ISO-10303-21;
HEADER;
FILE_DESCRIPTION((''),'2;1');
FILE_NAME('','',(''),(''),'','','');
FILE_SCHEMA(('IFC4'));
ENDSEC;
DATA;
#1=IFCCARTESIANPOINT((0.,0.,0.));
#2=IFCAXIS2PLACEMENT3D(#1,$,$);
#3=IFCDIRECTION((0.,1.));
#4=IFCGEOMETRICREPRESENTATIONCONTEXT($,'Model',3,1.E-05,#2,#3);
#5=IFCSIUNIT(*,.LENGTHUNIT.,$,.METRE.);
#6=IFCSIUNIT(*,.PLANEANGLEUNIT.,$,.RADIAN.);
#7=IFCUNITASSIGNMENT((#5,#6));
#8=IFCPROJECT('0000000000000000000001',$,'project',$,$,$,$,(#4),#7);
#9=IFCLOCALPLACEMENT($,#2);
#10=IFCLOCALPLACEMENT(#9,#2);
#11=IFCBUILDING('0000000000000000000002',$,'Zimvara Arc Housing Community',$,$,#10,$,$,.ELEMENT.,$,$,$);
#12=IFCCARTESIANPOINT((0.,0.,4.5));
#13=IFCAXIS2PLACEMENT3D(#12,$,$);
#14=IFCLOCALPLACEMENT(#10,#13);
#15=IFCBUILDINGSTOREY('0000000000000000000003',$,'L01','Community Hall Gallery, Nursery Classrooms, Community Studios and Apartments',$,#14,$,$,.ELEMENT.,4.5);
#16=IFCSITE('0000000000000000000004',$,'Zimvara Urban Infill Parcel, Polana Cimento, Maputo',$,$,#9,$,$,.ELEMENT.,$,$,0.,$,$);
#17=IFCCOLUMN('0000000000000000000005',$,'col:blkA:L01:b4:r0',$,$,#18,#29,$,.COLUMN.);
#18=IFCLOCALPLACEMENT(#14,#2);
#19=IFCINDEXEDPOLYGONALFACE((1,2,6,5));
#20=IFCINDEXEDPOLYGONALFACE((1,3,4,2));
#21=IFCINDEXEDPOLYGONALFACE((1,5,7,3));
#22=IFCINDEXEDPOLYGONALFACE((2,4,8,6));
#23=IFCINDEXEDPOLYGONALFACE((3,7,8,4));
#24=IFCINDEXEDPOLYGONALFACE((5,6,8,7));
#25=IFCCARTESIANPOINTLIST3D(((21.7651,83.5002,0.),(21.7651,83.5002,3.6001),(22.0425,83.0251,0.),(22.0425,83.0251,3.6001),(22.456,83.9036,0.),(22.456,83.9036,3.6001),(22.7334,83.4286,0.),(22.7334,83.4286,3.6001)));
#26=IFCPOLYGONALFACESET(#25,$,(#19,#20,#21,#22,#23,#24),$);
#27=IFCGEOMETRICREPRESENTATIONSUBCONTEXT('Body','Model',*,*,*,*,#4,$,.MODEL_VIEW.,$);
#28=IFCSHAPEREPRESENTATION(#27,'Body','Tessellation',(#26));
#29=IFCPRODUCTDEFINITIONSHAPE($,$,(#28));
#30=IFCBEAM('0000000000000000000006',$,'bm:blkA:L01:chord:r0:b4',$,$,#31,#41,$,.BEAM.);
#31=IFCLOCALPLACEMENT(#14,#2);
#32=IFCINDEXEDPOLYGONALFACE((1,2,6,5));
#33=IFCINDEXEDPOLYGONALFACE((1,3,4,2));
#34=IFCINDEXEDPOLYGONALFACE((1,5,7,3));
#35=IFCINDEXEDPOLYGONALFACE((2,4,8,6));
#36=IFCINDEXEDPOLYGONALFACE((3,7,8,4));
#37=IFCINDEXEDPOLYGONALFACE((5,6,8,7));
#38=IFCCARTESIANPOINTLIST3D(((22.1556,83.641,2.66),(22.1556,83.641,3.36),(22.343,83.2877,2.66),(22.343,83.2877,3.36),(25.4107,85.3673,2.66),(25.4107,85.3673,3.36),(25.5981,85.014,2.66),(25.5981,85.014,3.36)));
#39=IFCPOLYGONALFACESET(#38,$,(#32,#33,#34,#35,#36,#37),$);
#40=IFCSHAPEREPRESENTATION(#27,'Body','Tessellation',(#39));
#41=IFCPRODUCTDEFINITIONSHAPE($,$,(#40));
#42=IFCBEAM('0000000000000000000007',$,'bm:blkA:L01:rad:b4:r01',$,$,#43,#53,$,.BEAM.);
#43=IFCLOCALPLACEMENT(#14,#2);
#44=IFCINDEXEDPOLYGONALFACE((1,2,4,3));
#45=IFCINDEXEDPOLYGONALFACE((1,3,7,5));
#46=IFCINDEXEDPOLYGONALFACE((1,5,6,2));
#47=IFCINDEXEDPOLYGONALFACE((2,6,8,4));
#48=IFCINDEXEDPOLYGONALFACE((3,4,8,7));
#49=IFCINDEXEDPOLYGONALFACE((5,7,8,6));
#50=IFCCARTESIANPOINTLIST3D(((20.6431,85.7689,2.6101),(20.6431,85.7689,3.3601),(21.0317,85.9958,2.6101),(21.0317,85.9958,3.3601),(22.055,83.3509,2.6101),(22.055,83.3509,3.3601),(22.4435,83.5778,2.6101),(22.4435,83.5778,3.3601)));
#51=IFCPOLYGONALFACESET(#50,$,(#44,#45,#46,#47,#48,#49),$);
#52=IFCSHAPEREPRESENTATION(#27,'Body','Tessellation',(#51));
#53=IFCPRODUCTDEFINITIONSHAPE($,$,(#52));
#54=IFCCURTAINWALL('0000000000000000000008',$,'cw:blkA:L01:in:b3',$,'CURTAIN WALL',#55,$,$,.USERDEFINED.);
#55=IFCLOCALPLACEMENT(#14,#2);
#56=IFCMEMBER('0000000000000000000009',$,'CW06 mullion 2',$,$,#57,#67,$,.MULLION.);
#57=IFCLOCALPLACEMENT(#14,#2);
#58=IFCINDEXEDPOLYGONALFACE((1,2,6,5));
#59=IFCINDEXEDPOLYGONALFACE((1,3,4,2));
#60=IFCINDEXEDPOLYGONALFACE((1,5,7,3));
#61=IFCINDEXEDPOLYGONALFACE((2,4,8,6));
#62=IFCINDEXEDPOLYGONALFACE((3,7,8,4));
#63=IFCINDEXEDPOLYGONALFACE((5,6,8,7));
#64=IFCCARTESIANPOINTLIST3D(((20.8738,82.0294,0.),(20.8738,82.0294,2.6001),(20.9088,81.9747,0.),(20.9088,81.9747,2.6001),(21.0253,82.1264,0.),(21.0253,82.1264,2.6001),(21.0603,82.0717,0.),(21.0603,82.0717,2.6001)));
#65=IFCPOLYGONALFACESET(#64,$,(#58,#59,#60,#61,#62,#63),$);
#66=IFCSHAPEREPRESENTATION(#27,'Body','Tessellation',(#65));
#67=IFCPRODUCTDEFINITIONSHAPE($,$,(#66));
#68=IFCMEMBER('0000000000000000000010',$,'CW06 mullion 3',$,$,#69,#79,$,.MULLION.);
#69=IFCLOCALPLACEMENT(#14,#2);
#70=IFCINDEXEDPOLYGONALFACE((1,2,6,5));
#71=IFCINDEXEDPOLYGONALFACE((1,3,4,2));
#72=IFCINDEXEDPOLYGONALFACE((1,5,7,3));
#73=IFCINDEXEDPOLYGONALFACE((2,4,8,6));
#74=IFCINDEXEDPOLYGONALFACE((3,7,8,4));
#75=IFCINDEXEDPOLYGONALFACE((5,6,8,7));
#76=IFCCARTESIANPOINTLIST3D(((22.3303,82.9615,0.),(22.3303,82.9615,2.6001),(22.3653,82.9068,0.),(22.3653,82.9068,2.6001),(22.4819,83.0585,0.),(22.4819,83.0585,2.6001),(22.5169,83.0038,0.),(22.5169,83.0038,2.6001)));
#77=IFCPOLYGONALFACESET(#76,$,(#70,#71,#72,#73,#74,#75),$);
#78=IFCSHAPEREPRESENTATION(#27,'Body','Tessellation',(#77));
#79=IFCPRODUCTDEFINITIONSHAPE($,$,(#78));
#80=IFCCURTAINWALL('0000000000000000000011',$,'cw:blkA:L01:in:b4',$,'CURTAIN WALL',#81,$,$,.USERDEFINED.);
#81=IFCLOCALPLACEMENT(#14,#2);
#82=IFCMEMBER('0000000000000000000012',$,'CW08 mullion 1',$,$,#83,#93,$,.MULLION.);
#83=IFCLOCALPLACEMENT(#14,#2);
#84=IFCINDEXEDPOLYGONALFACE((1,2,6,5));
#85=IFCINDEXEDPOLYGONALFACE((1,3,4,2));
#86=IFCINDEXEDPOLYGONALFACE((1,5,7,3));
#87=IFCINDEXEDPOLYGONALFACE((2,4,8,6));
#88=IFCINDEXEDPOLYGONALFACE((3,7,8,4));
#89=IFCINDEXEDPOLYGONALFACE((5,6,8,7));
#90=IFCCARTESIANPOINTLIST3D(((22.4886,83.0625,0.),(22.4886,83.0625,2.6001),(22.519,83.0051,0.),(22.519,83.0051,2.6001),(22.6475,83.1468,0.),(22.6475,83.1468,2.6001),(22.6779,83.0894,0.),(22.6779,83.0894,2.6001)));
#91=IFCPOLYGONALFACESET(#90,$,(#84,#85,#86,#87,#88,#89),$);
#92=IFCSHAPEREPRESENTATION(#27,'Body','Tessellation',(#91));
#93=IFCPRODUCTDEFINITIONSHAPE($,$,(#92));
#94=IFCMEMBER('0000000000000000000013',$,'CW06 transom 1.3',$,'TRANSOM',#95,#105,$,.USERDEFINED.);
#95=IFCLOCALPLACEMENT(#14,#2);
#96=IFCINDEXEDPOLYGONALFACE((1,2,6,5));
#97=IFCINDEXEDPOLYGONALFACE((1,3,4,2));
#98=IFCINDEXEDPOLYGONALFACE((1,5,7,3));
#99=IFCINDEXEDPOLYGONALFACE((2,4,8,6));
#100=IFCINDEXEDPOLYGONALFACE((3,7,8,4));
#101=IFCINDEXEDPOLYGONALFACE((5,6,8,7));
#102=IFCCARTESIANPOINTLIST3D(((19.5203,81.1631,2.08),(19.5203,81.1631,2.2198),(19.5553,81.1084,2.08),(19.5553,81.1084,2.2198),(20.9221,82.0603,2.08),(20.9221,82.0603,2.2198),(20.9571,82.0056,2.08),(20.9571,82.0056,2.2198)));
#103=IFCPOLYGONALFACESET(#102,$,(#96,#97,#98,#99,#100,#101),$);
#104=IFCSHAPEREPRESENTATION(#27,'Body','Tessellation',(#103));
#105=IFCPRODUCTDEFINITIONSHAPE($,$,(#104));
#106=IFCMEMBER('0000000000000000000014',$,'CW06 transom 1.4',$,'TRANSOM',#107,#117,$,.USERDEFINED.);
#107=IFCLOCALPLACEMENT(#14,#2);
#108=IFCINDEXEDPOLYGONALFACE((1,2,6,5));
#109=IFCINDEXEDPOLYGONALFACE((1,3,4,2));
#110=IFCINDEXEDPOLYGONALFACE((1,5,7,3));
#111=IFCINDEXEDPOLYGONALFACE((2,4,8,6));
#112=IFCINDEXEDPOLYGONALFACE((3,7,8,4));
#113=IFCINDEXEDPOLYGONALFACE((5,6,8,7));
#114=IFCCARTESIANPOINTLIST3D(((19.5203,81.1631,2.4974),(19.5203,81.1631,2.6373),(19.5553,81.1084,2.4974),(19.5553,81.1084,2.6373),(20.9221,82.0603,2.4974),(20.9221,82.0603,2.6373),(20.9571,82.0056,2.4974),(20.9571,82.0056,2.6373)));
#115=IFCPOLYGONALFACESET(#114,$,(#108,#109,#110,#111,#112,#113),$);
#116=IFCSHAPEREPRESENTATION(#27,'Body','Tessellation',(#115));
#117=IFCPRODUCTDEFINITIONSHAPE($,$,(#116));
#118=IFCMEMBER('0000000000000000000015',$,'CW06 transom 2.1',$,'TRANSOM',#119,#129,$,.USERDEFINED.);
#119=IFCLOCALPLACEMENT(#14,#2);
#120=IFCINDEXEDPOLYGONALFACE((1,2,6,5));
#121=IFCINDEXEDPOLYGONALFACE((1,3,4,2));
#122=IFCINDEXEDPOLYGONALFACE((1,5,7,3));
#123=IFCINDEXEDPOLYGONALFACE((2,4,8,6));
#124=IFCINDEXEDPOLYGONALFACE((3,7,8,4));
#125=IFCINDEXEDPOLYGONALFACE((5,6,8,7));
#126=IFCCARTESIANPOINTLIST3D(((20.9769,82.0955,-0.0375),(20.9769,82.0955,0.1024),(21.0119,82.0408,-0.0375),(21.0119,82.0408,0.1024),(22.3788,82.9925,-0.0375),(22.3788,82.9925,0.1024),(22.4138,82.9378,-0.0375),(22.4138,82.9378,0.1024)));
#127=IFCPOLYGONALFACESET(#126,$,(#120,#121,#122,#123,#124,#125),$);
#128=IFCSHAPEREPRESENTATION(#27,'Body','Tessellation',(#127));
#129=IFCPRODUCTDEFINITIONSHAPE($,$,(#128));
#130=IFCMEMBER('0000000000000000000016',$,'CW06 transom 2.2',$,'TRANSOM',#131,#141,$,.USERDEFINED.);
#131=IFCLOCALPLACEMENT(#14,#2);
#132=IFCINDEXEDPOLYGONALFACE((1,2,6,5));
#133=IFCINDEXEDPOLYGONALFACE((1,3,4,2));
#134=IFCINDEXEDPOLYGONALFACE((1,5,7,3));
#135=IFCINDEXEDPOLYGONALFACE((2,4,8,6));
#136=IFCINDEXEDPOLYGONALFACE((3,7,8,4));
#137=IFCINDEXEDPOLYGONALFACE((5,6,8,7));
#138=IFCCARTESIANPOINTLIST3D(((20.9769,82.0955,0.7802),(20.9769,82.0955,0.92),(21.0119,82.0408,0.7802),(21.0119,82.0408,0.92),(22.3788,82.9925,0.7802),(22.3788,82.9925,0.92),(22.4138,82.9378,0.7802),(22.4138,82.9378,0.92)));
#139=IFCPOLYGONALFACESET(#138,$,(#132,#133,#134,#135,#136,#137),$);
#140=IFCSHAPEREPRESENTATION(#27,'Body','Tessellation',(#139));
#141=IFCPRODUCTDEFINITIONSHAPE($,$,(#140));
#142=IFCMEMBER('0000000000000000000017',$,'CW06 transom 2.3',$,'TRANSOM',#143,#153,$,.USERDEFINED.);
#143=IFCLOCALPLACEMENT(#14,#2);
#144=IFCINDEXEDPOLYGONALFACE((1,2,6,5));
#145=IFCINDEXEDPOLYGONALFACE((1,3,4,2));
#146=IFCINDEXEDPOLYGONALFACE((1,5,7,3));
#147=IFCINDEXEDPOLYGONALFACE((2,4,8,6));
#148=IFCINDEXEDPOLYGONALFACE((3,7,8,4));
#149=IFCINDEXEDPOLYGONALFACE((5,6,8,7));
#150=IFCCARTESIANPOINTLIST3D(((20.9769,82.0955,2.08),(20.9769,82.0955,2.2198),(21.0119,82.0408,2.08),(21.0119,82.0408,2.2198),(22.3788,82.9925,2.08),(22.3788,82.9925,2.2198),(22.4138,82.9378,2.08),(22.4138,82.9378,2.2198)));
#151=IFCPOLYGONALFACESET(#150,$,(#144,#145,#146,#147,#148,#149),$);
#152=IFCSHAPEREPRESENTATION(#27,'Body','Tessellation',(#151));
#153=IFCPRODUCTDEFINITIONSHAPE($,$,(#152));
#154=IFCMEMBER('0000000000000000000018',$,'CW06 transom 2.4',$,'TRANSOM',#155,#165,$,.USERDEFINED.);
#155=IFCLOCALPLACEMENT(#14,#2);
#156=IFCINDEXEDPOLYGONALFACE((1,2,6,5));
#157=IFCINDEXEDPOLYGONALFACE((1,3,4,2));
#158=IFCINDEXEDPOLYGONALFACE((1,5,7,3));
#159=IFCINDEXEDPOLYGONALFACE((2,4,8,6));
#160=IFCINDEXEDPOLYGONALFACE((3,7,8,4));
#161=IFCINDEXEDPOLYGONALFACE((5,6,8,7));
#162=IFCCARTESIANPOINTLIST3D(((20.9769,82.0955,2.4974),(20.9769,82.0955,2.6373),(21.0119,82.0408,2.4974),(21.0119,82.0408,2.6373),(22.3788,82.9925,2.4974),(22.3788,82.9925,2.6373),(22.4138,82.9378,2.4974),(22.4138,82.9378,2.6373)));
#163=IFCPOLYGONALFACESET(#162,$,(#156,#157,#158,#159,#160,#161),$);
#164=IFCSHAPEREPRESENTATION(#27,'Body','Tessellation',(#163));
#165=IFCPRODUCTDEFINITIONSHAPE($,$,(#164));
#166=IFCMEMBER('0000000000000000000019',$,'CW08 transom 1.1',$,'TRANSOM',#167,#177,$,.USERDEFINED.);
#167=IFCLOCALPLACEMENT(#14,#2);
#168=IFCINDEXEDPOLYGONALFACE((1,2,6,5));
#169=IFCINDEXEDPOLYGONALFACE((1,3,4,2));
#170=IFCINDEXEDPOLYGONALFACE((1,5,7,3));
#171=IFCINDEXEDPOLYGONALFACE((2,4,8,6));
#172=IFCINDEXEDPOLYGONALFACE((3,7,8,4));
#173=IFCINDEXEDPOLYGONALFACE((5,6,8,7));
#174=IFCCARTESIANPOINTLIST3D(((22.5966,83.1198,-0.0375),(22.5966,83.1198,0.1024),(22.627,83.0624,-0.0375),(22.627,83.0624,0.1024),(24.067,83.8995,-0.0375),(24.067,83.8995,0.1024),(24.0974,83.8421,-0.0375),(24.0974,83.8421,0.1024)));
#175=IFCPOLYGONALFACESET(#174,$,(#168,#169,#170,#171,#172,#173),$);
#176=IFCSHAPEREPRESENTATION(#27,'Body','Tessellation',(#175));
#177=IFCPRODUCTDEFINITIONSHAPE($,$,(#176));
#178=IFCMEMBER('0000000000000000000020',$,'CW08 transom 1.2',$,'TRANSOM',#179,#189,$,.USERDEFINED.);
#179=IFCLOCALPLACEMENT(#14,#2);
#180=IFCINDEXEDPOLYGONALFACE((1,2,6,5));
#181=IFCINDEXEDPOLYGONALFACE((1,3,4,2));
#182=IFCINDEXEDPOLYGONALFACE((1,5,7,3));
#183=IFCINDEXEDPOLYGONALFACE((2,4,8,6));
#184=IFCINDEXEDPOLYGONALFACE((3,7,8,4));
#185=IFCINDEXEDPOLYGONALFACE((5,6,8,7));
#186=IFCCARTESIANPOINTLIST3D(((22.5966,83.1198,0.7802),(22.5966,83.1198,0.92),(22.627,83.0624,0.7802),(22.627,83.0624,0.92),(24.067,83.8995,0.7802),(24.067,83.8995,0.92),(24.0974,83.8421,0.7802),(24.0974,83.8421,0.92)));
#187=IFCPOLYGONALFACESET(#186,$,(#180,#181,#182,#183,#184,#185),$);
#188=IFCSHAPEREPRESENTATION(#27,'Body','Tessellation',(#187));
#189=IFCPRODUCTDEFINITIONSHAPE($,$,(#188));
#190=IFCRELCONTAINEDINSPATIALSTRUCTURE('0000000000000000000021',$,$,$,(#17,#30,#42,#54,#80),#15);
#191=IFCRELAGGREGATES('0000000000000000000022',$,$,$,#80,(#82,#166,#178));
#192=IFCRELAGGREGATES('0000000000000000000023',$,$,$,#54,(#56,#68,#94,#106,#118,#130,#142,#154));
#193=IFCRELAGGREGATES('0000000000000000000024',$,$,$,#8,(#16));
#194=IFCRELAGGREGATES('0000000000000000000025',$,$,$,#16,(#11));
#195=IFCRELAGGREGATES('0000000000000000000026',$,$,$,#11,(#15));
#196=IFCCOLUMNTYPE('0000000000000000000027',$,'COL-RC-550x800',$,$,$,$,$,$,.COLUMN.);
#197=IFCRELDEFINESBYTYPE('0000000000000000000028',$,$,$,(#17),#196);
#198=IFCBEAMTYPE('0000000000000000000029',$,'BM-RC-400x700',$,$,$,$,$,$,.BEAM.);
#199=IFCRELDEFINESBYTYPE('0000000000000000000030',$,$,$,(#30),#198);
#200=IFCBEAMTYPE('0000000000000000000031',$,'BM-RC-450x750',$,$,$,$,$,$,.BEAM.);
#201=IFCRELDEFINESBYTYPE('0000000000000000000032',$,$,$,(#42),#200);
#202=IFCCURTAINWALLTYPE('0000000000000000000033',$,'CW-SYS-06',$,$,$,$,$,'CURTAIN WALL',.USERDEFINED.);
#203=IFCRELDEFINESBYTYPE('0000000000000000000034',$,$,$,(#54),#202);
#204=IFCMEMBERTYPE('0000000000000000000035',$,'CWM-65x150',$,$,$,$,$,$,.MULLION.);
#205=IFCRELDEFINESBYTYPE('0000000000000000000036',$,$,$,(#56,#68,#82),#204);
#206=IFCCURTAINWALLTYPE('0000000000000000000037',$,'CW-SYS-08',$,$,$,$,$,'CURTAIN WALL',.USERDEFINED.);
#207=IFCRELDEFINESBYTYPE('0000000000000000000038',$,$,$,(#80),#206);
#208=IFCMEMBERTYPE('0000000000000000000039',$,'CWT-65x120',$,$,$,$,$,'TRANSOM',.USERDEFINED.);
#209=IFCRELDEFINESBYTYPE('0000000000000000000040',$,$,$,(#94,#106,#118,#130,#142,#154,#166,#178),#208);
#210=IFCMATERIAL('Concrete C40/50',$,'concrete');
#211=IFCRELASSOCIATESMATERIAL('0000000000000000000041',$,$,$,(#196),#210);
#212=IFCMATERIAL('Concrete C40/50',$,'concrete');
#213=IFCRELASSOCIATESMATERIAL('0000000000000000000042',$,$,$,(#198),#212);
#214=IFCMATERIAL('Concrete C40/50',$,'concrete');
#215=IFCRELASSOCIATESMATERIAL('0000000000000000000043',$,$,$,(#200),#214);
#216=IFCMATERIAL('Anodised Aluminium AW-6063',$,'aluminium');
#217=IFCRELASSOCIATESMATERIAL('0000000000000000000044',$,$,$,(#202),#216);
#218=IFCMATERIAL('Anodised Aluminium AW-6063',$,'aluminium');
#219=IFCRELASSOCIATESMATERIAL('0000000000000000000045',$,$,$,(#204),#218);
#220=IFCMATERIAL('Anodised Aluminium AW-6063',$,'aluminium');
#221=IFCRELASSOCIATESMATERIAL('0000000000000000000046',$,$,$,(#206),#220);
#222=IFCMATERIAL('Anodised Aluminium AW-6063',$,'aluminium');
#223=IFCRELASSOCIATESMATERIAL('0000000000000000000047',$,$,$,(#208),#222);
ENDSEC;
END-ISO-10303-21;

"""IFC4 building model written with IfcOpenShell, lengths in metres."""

from ifc_helpers import new_model, si_unit, direction, frame, origin, origin_2d, place, context, subcontext, project, spatial, rectangle, extrude, material, material_profile, profile_set, type_object, element, aggregate, save


model = new_model("IFC4")

# Units and contexts
model_context = context("Model", 3, precision=1e-05, world=origin(), true_north=direction((0.0, 1.0)))
body_context = subcontext(model_context, "Body", "Model", "MODEL_VIEW")
ifc_project = project(units=[si_unit("LENGTHUNIT", "METRE"), si_unit("PLANEANGLEUNIT", "RADIAN")], contexts=[model_context])

# Site, building, storey
site_placement = place(None, origin())
site = spatial("IfcSite", under=ifc_project, at=site_placement, Name="Zimvara Urban Infill Parcel, Polana Cimento, Maputo", CompositionType="ELEMENT", RefElevation=0.0)
building_placement = place(site_placement, origin())
building = spatial("IfcBuilding", under=site, at=building_placement, Name="Zimvara Arc Housing Community", CompositionType="ELEMENT")
storey_placement = place(building_placement, frame((0.0, 0.0, 4.5)))
storey = spatial("IfcBuildingStorey", under=building, at=storey_placement, Name="L01", Description="Community Hall Gallery, Nursery Classrooms, Community Studios and Apartments", CompositionType="ELEMENT", Elevation=4.5)

# Column
ifc_material_1 = material(Name="Concrete C40/50", Category="concrete")
ifc_material_profile_1 = material_profile(ifc_material_1, rectangle(XDim=0.55, YDim=0.8, at=origin_2d()), Name="RC 550x800")
ifc_profile_set_1 = profile_set([ifc_material_profile_1], Name="Concrete C40/50")
column_type = type_object("IfcColumnType", Name="COL-RC-550x800", PredefinedType="COLUMN", material=ifc_profile_set_1)
column_placement = place(storey_placement, frame((22.2493, 83.4644, 0.0), z_axis=(0.0, 0.0, 1.0), x_axis=(-0.504226, 0.863572, 0.0)))
element("IfcColumn", 1, at=column_placement, inside=storey, type_object=column_type, Name="col:blkA:L01:b4:r0", PredefinedType="COLUMN", context=body_context, shape_type="SweptSolid", body=[
    extrude(rectangle(XDim=0.55, YDim=0.8, at=origin_2d()), origin(), (0.0, 0.0, 1.0), 3.6001),
])

# Beams
ifc_material_2 = material(Name="Concrete C40/50", Category="concrete")
ifc_material_profile_2 = material_profile(ifc_material_2, rectangle(XDim=0.3999, YDim=0.7, at=origin_2d()), Name="RC 400x700")
ifc_profile_set_2 = profile_set([ifc_material_profile_2], Name="Concrete C40/50")
beam_type_1 = type_object("IfcBeamType", Name="BM-RC-400x700", PredefinedType="BEAM", material=ifc_profile_set_2)
beam_1_placement = place(storey_placement, frame((22.2493, 83.4644, 3.01), z_axis=(0.883449, 0.468527, 0.0), x_axis=(-0.468527, 0.883449, 0.0)))
element("IfcBeam", 2, at=beam_1_placement, inside=storey, type_object=beam_type_1, Name="bm:blkA:L01:chord:r0:b4", PredefinedType="BEAM", context=body_context, shape_type="SweptSolid", body=[
    extrude(rectangle(XDim=0.3999, YDim=0.7, at=origin_2d()), origin(), (0.0, 0.0, 1.0), 3.6846),
])
ifc_material_3 = material(Name="Concrete C40/50", Category="concrete")
ifc_material_profile_3 = material_profile(ifc_material_3, rectangle(XDim=0.45, YDim=0.75, at=origin_2d()), Name="RC 450x750")
ifc_profile_set_3 = profile_set([ifc_material_profile_3], Name="Concrete C40/50")
beam_type_2 = type_object("IfcBeamType", Name="BM-RC-450x750", PredefinedType="BEAM", material=ifc_profile_set_3)
beam_2_placement = place(storey_placement, frame((22.2493, 83.4644, 2.9851), z_axis=(-0.50424, 0.863564, 0.0), x_axis=(-0.863564, -0.50424, 0.0)))
element("IfcBeam", 3, at=beam_2_placement, inside=storey, type_object=beam_type_2, Name="bm:blkA:L01:rad:b4:r01", PredefinedType="BEAM", context=body_context, shape_type="SweptSolid", body=[
    extrude(rectangle(XDim=0.45, YDim=0.75, at=origin_2d()), origin(), (0.0, 0.0, 1.0), 2.8),
])

# Curtain wall, members
ifc_material_4 = material(Name="Anodised Aluminium AW-6063", Category="aluminium")
curtain_wall_type_1 = type_object("IfcCurtainWallType", Name="CW-SYS-06", ElementType="CURTAIN WALL", PredefinedType="USERDEFINED", material=ifc_material_4)
curtain_wall_1_placement = place(storey_placement, origin())
curtain_wall_1 = element("IfcCurtainWall", 4, at=curtain_wall_1_placement, inside=storey, type_object=curtain_wall_type_1, Name="cw:blkA:L01:in:b3", ObjectType="CURTAIN WALL", PredefinedType="USERDEFINED")
ifc_material_5 = material(Name="Anodised Aluminium AW-6063", Category="aluminium")
ifc_material_profile_4 = material_profile(ifc_material_5, rectangle(XDim=0.0649, YDim=0.1799, at=origin_2d()), Name="ALU 65x180")
ifc_profile_set_4 = profile_set([ifc_material_profile_4], Name="Anodised Aluminium AW-6063")
member_type_1 = type_object("IfcMemberType", Name="CWM-65x150", PredefinedType="MULLION", material=ifc_profile_set_4)
member_1_placement = place(storey_placement, frame((20.967, 82.0505, 0.0), z_axis=(0.0, 0.0, 1.0), x_axis=(-0.539064, 0.842265, 0.0)))
member_1 = element("IfcMember", 5, at=member_1_placement, type_object=member_type_1, Name="CW06 mullion 2", PredefinedType="MULLION", context=body_context, shape_type="SweptSolid", body=[
    extrude(rectangle(XDim=0.0649, YDim=0.1799, at=origin_2d()), origin(), (0.0, 0.0, 1.0), 2.6001),
])
member_2_placement = place(storey_placement, frame((22.4236, 82.9827, 0.0), z_axis=(0.0, 0.0, 1.0), x_axis=(-0.539064, 0.842265, 0.0)))
member_2 = element("IfcMember", 6, at=member_2_placement, type_object=member_type_1, Name="CW06 mullion 3", PredefinedType="MULLION", context=body_context, shape_type="SweptSolid", body=[
    extrude(rectangle(XDim=0.0649, YDim=0.1799, at=origin_2d()), origin(), (0.0, 0.0, 1.0), 2.6001),
])

# Curtain wall, member
ifc_material_6 = material(Name="Anodised Aluminium AW-6063", Category="aluminium")
curtain_wall_type_2 = type_object("IfcCurtainWallType", Name="CW-SYS-08", ElementType="CURTAIN WALL", PredefinedType="USERDEFINED", material=ifc_material_6)
curtain_wall_2_placement = place(storey_placement, origin())
curtain_wall_2 = element("IfcCurtainWall", 7, at=curtain_wall_2_placement, inside=storey, type_object=curtain_wall_type_2, Name="cw:blkA:L01:in:b4", ObjectType="CURTAIN WALL", PredefinedType="USERDEFINED")
member_3_placement = place(storey_placement, frame((22.5833, 83.0759, 0.0), z_axis=(0.0, 0.0, 1.0), x_axis=(-0.468545, 0.88344, 0.0)))
member_3 = element("IfcMember", 8, at=member_3_placement, type_object=member_type_1, Name="CW08 mullion 1", PredefinedType="MULLION", context=body_context, shape_type="SweptSolid", body=[
    extrude(rectangle(XDim=0.0649, YDim=0.1799, at=origin_2d()), origin(), (0.0, 0.0, 1.0), 2.6001),
])

# Members
ifc_material_7 = material(Name="Anodised Aluminium AW-6063", Category="aluminium")
ifc_material_profile_5 = material_profile(ifc_material_7, rectangle(XDim=0.0649, YDim=0.1399, at=origin_2d()), Name="ALU 65x140")
ifc_profile_set_5 = profile_set([ifc_material_profile_5], Name="Anodised Aluminium AW-6063")
member_type_2 = type_object("IfcMemberType", Name="CWT-65x120", ElementType="TRANSOM", PredefinedType="USERDEFINED", material=ifc_profile_set_5)
member_4_placement = place(storey_placement, frame((19.5378, 81.1357, 2.1499), z_axis=(0.842263, 0.539066, 0.0), x_axis=(-0.539066, 0.842263, 0.0)))
member_4 = element("IfcMember", 9, at=member_4_placement, type_object=member_type_2, Name="CW06 transom 1.3", ObjectType="TRANSOM", PredefinedType="USERDEFINED", context=body_context, shape_type="SweptSolid", body=[
    extrude(rectangle(XDim=0.0649, YDim=0.1399, at=origin_2d()), origin(), (0.0, 0.0, 1.0), 1.6643),
])
member_5_placement = place(storey_placement, frame((19.5378, 81.1357, 2.5674), z_axis=(0.842263, 0.539066, 0.0), x_axis=(-0.539066, 0.842263, 0.0)))
member_5 = element("IfcMember", 10, at=member_5_placement, type_object=member_type_2, Name="CW06 transom 1.4", ObjectType="TRANSOM", PredefinedType="USERDEFINED", context=body_context, shape_type="SweptSolid", body=[
    extrude(rectangle(XDim=0.0649, YDim=0.1399, at=origin_2d()), origin(), (0.0, 0.0, 1.0), 1.6643),
])
member_6_placement = place(storey_placement, frame((20.9944, 82.0681, 0.0325), z_axis=(0.84233, 0.538962, 0.0), x_axis=(-0.538962, 0.84233, 0.0)))
member_6 = element("IfcMember", 11, at=member_6_placement, type_object=member_type_2, Name="CW06 transom 2.1", ObjectType="TRANSOM", PredefinedType="USERDEFINED", context=body_context, shape_type="SweptSolid", body=[
    extrude(rectangle(XDim=0.0649, YDim=0.1399, at=origin_2d()), origin(), (0.0, 0.0, 1.0), 1.6643),
])
member_7_placement = place(storey_placement, frame((20.9944, 82.0681, 0.8501), z_axis=(0.84233, 0.538962, 0.0), x_axis=(-0.538962, 0.84233, 0.0)))
member_7 = element("IfcMember", 12, at=member_7_placement, type_object=member_type_2, Name="CW06 transom 2.2", ObjectType="TRANSOM", PredefinedType="USERDEFINED", context=body_context, shape_type="SweptSolid", body=[
    extrude(rectangle(XDim=0.0649, YDim=0.1399, at=origin_2d()), origin(), (0.0, 0.0, 1.0), 1.6643),
])
member_8_placement = place(storey_placement, frame((20.9944, 82.0681, 2.1499), z_axis=(0.84233, 0.538962, 0.0), x_axis=(-0.538962, 0.84233, 0.0)))
member_8 = element("IfcMember", 13, at=member_8_placement, type_object=member_type_2, Name="CW06 transom 2.3", ObjectType="TRANSOM", PredefinedType="USERDEFINED", context=body_context, shape_type="SweptSolid", body=[
    extrude(rectangle(XDim=0.0649, YDim=0.1399, at=origin_2d()), origin(), (0.0, 0.0, 1.0), 1.6643),
])
member_9_placement = place(storey_placement, frame((20.9944, 82.0681, 2.5674), z_axis=(0.84233, 0.538962, 0.0), x_axis=(-0.538962, 0.84233, 0.0)))
member_9 = element("IfcMember", 14, at=member_9_placement, type_object=member_type_2, Name="CW06 transom 2.4", ObjectType="TRANSOM", PredefinedType="USERDEFINED", context=body_context, shape_type="SweptSolid", body=[
    extrude(rectangle(XDim=0.0649, YDim=0.1399, at=origin_2d()), origin(), (0.0, 0.0, 1.0), 1.6643),
])
member_10_placement = place(storey_placement, frame((22.6118, 83.0911, 0.0325), z_axis=(0.883463, 0.468501, 0.0), x_axis=(-0.468501, 0.883463, 0.0)))
member_10 = element("IfcMember", 15, at=member_10_placement, type_object=member_type_2, Name="CW08 transom 1.1", ObjectType="TRANSOM", PredefinedType="USERDEFINED", context=body_context, shape_type="SweptSolid", body=[
    extrude(rectangle(XDim=0.0649, YDim=0.1399, at=origin_2d()), origin(), (0.0, 0.0, 1.0), 1.6643),
])
member_11_placement = place(storey_placement, frame((22.6118, 83.0911, 0.8501), z_axis=(0.883463, 0.468501, 0.0), x_axis=(-0.468501, 0.883463, 0.0)))
member_11 = element("IfcMember", 16, at=member_11_placement, type_object=member_type_2, Name="CW08 transom 1.2", ObjectType="TRANSOM", PredefinedType="USERDEFINED", context=body_context, shape_type="SweptSolid", body=[
    extrude(rectangle(XDim=0.0649, YDim=0.1399, at=origin_2d()), origin(), (0.0, 0.0, 1.0), 1.6643),
])
aggregate(curtain_wall_2, [member_3, member_10, member_11])

aggregate(curtain_wall_1, [member_1, member_2, member_4, member_5, member_6, member_7, member_8, member_9])

save(model, "model.ifc")
